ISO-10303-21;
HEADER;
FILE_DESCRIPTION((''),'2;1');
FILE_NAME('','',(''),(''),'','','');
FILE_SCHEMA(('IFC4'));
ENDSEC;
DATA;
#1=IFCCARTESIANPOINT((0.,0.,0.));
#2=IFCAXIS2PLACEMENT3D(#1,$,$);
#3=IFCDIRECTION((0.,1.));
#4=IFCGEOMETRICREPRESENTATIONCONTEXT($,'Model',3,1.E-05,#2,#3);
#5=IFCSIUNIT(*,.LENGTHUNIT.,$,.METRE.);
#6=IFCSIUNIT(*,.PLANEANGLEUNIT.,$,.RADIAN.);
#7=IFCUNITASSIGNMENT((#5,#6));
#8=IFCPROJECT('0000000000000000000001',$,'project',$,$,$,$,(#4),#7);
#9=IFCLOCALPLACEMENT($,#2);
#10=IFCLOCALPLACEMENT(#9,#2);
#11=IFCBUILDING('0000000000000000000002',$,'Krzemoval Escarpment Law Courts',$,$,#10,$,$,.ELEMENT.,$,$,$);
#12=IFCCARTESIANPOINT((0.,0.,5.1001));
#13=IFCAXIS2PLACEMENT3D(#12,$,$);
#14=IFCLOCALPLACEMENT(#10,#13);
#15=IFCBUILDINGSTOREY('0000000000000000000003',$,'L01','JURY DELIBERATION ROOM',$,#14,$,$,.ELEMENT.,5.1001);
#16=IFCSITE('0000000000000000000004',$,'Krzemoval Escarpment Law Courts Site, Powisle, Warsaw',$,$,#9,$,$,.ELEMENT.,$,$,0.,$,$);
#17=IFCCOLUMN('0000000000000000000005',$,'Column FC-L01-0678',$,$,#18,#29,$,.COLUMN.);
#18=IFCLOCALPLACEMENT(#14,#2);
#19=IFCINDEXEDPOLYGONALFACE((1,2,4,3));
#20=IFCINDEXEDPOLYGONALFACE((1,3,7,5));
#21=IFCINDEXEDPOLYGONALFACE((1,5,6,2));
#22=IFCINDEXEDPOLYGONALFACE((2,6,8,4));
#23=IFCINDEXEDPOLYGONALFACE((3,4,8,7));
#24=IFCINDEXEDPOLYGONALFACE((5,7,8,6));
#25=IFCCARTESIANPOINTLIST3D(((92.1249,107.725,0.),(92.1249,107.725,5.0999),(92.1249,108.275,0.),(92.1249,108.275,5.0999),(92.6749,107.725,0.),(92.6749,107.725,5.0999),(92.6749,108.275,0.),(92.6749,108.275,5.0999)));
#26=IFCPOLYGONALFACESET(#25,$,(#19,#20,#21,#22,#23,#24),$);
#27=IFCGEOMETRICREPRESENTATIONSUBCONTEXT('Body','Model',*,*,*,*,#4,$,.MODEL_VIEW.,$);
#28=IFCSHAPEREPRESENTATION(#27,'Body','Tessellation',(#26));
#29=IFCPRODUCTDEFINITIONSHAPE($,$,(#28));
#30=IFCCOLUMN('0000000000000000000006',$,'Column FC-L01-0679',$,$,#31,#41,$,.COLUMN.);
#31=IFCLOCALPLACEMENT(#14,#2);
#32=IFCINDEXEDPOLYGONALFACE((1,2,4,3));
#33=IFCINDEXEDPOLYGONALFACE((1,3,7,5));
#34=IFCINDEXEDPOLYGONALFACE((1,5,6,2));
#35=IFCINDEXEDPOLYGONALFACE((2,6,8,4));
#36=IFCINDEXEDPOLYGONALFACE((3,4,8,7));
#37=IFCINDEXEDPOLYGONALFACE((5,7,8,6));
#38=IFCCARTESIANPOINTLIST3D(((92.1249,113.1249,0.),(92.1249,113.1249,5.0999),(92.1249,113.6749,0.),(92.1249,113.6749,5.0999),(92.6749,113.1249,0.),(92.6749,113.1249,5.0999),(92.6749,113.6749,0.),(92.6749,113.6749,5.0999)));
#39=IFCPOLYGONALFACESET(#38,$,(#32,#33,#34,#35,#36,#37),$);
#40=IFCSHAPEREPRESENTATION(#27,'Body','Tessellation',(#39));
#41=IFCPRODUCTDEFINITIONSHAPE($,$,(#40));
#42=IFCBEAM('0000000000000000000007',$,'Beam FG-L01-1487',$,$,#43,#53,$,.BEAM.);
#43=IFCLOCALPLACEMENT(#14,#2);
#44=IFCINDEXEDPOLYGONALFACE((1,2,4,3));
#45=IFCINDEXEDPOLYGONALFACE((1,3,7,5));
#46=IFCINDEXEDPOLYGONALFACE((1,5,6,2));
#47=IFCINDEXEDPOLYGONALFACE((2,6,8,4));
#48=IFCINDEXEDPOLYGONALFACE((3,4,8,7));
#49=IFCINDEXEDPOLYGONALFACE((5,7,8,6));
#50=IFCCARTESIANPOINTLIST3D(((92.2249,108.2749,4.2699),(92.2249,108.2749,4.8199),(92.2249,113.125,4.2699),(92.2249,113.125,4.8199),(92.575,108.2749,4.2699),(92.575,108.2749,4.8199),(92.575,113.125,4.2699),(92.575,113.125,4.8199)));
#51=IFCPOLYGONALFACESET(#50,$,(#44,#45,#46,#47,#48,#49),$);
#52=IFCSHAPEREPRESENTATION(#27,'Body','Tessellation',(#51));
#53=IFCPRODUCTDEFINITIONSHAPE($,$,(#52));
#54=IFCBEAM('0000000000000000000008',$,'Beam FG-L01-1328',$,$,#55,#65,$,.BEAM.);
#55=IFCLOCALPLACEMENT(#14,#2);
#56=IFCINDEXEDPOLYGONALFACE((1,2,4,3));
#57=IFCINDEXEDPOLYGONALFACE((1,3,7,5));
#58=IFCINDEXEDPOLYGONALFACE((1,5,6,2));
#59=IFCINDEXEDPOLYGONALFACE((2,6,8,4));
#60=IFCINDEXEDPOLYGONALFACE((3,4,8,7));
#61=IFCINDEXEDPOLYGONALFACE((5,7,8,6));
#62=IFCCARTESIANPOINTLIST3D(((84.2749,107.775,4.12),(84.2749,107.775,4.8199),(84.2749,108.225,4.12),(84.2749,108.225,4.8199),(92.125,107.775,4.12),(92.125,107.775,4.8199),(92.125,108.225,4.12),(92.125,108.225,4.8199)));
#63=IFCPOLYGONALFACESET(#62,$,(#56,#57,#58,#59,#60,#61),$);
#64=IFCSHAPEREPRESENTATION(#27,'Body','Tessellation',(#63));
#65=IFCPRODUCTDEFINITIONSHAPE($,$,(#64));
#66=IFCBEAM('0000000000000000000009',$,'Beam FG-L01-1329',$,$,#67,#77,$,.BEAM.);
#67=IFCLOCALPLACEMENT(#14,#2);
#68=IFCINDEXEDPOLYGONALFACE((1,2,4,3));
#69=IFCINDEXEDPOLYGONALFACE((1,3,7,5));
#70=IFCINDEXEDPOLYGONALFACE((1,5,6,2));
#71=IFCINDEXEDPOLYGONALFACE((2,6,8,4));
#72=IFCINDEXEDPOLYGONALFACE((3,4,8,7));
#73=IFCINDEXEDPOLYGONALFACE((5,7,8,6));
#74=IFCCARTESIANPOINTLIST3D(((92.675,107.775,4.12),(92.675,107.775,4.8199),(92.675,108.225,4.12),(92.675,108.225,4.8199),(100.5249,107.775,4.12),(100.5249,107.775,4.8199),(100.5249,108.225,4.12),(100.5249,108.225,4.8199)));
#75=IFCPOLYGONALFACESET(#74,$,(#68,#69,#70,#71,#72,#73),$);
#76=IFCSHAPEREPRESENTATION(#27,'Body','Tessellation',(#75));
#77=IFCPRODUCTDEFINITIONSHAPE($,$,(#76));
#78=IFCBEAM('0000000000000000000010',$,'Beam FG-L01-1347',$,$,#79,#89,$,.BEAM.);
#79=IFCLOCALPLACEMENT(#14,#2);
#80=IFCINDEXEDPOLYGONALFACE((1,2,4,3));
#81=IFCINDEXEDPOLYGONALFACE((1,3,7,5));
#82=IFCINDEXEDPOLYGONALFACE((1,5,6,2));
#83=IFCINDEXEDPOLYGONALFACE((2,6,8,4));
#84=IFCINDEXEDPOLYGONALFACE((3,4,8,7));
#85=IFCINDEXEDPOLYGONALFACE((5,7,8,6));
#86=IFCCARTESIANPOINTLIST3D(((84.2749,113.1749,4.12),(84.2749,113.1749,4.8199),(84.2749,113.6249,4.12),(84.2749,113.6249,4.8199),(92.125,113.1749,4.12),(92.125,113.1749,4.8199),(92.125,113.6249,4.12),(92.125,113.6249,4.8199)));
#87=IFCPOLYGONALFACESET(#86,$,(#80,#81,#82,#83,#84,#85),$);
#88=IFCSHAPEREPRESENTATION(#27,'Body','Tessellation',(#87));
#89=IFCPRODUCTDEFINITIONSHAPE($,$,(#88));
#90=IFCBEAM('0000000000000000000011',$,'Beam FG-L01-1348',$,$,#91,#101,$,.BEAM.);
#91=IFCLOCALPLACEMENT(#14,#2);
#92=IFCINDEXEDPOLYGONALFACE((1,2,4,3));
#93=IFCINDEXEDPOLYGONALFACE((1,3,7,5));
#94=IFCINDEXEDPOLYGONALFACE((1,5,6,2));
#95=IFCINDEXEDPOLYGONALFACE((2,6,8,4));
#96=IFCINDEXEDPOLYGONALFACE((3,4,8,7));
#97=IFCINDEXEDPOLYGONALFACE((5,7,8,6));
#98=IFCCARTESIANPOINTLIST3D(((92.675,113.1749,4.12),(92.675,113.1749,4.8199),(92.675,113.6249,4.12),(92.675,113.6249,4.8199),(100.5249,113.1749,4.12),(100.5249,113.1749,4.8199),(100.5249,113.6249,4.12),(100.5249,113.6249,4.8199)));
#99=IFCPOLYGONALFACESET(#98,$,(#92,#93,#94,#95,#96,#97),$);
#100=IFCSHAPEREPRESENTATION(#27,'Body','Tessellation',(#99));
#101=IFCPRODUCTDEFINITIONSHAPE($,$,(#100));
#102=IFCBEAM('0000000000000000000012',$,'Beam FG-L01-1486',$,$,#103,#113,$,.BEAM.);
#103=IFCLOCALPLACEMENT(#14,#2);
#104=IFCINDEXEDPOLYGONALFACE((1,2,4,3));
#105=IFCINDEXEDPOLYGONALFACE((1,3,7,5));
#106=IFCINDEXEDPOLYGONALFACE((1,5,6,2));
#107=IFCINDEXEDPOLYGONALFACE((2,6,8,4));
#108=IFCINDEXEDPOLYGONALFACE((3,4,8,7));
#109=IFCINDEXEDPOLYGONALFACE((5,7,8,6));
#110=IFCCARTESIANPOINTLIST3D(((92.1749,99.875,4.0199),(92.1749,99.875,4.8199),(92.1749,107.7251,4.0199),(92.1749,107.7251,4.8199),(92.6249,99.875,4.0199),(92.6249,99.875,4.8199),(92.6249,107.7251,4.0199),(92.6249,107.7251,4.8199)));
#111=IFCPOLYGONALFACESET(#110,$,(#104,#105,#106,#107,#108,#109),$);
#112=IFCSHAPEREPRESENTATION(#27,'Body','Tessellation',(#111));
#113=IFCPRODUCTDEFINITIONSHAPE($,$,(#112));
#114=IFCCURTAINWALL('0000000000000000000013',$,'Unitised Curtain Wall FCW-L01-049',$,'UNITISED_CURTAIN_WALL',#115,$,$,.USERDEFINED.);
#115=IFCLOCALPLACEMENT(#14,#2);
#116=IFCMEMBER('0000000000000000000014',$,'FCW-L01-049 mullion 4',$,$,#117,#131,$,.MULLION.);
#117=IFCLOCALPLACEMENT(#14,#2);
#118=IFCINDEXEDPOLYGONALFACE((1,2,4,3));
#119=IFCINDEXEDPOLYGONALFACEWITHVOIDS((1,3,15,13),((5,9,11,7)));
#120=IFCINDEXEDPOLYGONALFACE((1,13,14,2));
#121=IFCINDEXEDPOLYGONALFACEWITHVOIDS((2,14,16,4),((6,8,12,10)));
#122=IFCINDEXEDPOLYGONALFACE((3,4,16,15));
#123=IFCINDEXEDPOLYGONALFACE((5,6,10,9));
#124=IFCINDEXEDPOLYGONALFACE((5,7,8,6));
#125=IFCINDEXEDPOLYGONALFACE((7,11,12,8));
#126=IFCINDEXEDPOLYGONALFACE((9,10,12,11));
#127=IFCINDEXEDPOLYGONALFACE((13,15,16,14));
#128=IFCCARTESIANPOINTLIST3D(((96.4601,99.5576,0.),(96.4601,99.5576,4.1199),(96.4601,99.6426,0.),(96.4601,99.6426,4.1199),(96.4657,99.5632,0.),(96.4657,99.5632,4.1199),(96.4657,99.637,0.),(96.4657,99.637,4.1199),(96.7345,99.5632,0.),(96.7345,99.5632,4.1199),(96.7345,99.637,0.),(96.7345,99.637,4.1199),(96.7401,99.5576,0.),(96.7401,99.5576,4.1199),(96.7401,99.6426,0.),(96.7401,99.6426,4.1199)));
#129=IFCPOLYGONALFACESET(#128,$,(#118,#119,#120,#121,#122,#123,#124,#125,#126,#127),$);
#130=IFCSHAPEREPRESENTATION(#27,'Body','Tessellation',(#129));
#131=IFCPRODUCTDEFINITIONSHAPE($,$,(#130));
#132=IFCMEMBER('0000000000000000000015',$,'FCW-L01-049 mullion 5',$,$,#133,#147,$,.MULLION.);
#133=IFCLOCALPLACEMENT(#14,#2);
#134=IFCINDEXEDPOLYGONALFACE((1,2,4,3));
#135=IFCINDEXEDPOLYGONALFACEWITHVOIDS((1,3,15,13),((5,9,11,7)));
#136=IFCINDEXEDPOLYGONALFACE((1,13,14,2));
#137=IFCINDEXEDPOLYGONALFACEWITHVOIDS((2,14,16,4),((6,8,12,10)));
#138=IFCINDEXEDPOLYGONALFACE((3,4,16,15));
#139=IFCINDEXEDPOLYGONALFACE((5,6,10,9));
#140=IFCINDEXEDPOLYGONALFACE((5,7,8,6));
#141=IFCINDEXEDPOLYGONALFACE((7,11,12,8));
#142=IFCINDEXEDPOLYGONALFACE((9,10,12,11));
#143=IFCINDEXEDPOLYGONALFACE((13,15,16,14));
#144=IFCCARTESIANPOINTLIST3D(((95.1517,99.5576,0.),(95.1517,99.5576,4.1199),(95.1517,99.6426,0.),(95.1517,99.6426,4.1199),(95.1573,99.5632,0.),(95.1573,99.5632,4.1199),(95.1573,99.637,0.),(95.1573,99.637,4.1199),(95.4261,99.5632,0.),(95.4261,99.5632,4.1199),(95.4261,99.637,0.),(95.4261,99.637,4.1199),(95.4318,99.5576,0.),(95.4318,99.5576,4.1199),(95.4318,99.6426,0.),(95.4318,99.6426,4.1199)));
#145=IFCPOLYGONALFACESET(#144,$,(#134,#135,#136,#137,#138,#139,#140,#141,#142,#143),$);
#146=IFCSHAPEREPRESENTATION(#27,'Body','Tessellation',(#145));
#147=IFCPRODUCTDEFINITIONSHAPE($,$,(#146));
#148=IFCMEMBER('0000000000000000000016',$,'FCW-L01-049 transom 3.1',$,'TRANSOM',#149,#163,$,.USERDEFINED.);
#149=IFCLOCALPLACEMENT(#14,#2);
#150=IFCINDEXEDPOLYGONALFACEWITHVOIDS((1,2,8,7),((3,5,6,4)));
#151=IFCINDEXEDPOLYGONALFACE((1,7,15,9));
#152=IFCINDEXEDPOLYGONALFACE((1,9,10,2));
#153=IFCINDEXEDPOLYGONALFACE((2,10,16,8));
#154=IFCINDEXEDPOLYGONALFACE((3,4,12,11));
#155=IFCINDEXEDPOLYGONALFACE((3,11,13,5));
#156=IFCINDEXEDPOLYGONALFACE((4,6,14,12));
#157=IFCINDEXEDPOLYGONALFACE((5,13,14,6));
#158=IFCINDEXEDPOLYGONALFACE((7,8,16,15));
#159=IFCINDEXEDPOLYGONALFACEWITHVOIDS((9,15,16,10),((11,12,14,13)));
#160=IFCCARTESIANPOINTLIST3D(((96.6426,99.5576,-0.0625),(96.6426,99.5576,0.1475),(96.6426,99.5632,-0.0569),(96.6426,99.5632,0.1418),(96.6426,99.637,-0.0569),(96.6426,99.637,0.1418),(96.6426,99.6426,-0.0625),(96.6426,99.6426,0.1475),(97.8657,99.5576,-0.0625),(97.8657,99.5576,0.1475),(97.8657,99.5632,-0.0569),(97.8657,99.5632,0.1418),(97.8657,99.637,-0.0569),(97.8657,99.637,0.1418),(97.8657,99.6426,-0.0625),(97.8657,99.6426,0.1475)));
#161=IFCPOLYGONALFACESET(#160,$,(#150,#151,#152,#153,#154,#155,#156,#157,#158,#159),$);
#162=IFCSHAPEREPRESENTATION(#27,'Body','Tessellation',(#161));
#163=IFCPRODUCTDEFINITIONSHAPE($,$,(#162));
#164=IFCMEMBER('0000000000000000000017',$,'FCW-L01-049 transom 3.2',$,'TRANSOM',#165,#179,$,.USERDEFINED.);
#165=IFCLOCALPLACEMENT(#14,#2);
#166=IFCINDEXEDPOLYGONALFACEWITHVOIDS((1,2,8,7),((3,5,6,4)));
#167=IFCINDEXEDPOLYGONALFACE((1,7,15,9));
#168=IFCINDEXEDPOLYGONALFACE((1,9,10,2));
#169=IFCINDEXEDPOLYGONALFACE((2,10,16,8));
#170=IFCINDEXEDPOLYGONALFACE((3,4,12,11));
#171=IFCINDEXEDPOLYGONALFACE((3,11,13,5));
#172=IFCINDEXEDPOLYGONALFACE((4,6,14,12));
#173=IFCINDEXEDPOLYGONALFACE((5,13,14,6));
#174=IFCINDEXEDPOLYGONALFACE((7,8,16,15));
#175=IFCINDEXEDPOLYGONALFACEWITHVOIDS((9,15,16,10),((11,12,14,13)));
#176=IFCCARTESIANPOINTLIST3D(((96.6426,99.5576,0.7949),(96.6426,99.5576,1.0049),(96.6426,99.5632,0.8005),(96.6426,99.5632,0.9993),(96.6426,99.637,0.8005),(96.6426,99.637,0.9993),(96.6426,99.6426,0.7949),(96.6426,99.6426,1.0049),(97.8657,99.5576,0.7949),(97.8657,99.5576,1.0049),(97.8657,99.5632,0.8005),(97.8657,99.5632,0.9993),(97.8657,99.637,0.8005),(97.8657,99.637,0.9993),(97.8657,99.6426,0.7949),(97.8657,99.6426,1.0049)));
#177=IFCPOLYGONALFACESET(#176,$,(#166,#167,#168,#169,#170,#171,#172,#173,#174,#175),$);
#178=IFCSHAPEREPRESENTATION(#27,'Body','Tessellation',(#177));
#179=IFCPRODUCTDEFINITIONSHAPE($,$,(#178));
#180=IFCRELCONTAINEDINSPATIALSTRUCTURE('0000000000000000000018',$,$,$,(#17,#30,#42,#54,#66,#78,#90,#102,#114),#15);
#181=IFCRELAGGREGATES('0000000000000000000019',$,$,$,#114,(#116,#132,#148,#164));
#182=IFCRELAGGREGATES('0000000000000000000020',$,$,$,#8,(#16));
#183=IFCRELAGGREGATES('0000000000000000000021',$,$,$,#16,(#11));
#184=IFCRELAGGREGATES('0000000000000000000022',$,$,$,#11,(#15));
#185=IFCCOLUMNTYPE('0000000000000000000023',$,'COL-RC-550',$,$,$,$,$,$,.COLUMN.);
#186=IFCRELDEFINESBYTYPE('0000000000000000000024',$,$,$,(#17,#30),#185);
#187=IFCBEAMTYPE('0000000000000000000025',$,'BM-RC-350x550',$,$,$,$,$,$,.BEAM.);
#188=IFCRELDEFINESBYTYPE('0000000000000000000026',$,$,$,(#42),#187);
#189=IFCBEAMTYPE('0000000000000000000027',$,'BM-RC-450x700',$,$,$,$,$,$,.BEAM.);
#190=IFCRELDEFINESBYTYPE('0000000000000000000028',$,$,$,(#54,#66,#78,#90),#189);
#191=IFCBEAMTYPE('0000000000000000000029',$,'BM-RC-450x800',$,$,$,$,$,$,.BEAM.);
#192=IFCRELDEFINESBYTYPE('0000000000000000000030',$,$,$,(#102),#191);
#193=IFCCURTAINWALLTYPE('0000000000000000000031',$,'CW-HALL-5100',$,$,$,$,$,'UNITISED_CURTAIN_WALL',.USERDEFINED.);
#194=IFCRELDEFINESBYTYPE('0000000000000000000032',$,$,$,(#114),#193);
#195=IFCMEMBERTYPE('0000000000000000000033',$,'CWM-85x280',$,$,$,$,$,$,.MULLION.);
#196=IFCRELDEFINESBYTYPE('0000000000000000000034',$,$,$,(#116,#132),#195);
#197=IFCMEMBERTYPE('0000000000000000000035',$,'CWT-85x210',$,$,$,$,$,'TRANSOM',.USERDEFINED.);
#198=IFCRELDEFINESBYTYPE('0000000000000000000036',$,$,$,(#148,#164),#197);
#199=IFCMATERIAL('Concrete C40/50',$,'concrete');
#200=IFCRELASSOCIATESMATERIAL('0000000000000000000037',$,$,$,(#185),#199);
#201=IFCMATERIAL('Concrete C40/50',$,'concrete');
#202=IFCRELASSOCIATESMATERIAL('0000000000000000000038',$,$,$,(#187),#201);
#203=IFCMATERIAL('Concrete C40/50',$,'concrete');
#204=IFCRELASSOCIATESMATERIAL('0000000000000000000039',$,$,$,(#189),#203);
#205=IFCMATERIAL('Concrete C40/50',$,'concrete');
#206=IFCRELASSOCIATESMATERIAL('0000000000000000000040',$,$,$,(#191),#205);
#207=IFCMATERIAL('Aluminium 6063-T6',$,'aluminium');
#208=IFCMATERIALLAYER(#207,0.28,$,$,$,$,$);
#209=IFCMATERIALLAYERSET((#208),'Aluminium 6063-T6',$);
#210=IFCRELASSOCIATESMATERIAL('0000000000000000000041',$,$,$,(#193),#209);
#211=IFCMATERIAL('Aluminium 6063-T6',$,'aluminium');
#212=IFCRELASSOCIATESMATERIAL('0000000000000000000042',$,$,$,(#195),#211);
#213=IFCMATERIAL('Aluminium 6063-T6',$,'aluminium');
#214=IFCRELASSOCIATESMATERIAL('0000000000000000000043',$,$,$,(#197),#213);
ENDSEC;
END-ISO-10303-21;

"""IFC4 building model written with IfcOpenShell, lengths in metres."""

from ifc_helpers import new_model, si_unit, direction, frame, origin, origin_2d, place, context, subcontext, project, spatial, rectangle, hollow_rectangle, extrude, material, layer, layer_set, material_profile, profile_set, type_object, element, aggregate, save


model = new_model("IFC4")

# Units and contexts
model_context = context("Model", 3, precision=1e-05, world=origin(), true_north=direction((0.0, 1.0)))
body_context = subcontext(model_context, "Body", "Model", "MODEL_VIEW")
ifc_project = project(units=[si_unit("LENGTHUNIT", "METRE"), si_unit("PLANEANGLEUNIT", "RADIAN")], contexts=[model_context])

# Site, building, storey
site_placement = place(None, origin())
site = spatial("IfcSite", under=ifc_project, at=site_placement, Name="Krzemoval Escarpment Law Courts Site, Powisle, Warsaw", CompositionType="ELEMENT", RefElevation=0.0)
building_placement = place(site_placement, origin())
building = spatial("IfcBuilding", under=site, at=building_placement, Name="Krzemoval Escarpment Law Courts", CompositionType="ELEMENT")
storey_placement = place(building_placement, frame((0.0, 0.0, 5.1001)))
storey = spatial("IfcBuildingStorey", under=building, at=storey_placement, Name="L01", Description="JURY DELIBERATION ROOM", CompositionType="ELEMENT", Elevation=5.1001)

# Columns
ifc_material_1 = material(Name="Concrete C40/50", Category="concrete")
ifc_material_profile_1 = material_profile(ifc_material_1, rectangle(XDim=0.55, YDim=0.55, at=origin_2d()), Name="RC 550x550")
ifc_profile_set_1 = profile_set([ifc_material_profile_1], Name="Concrete C40/50")
column_type = type_object("IfcColumnType", Name="COL-RC-550", PredefinedType="COLUMN", material=ifc_profile_set_1)
for number, where, z_axis, x_axis, name in (
    (1, (92.3999, 108.0, 0.0), (0.0, 0.0, 1.0), (1.0, 0.0, 0.0), "Column FC-L01-0678"),
    (2, (92.3999, 113.3999, 0.0), (0.0, 0.0, 1.0), (1.0, 0.0, 0.0), "Column FC-L01-0679"),
):
    element("IfcColumn", number, at=place(storey_placement, frame(where, z_axis=z_axis, x_axis=x_axis)), inside=storey, type_object=column_type, Name=name, PredefinedType="COLUMN", context=body_context, shape_type="SweptSolid", body=[
        extrude(rectangle(XDim=0.55, YDim=0.55, at=origin_2d()), origin(), (0.0, 0.0, 1.0), 5.0999),
    ])

# Beams
ifc_material_2 = material(Name="Concrete C40/50", Category="concrete")
ifc_material_profile_2 = material_profile(ifc_material_2, rectangle(XDim=0.3501, YDim=0.55, at=origin_2d()), Name="RCB 350x550")
ifc_profile_set_2 = profile_set([ifc_material_profile_2], Name="Concrete C40/50")
beam_type_1 = type_object("IfcBeamType", Name="BM-RC-350x550", PredefinedType="BEAM", material=ifc_profile_set_2)
beam_1_placement = place(storey_placement, frame((92.3999, 108.2749, 4.5449), z_axis=(0.0, 1.0, 0.0), x_axis=(-1.0, 0.0, 0.0)))
element("IfcBeam", 3, at=beam_1_placement, inside=storey, type_object=beam_type_1, Name="Beam FG-L01-1487", PredefinedType="BEAM", context=body_context, shape_type="SweptSolid", body=[
    extrude(rectangle(XDim=0.3501, YDim=0.55, at=origin_2d()), origin(), (0.0, 0.0, 1.0), 4.8501),
])
ifc_material_3 = material(Name="Concrete C40/50", Category="concrete")
ifc_material_profile_3 = material_profile(ifc_material_3, rectangle(XDim=0.45, YDim=0.7, at=origin_2d()), Name="RCB 450x700")
ifc_profile_set_3 = profile_set([ifc_material_profile_3], Name="Concrete C40/50")
beam_type_2 = type_object("IfcBeamType", Name="BM-RC-450x700", PredefinedType="BEAM", material=ifc_profile_set_3)
beam_2_placement = place(storey_placement, frame((84.2749, 108.0, 4.47), z_axis=(1.0, 0.0, 0.0), x_axis=(0.0, 1.0, 0.0)))
element("IfcBeam", 4, at=beam_2_placement, inside=storey, type_object=beam_type_2, Name="Beam FG-L01-1328", PredefinedType="BEAM", context=body_context, shape_type="SweptSolid", body=[
    extrude(rectangle(XDim=0.45, YDim=0.7, at=origin_2d()), origin(), (0.0, 0.0, 1.0), 7.8501),
])
beam_3_placement = place(storey_placement, frame((92.675, 108.0, 4.47), z_axis=(1.0, 0.0, 0.0), x_axis=(0.0, 1.0, 0.0)))
element("IfcBeam", 5, at=beam_3_placement, inside=storey, type_object=beam_type_2, Name="Beam FG-L01-1329", PredefinedType="BEAM", context=body_context, shape_type="SweptSolid", body=[
    extrude(rectangle(XDim=0.45, YDim=0.7, at=origin_2d()), origin(), (0.0, 0.0, 1.0), 7.8499),
])
beam_4_placement = place(storey_placement, frame((84.2749, 113.3999, 4.47), z_axis=(1.0, 0.0, 0.0), x_axis=(0.0, 1.0, 0.0)))
element("IfcBeam", 6, at=beam_4_placement, inside=storey, type_object=beam_type_2, Name="Beam FG-L01-1347", PredefinedType="BEAM", context=body_context, shape_type="SweptSolid", body=[
    extrude(rectangle(XDim=0.45, YDim=0.7, at=origin_2d()), origin(), (0.0, 0.0, 1.0), 7.8501),
])
beam_5_placement = place(storey_placement, frame((92.675, 113.3999, 4.47), z_axis=(1.0, 0.0, 0.0), x_axis=(0.0, 1.0, 0.0)))
element("IfcBeam", 7, at=beam_5_placement, inside=storey, type_object=beam_type_2, Name="Beam FG-L01-1348", PredefinedType="BEAM", context=body_context, shape_type="SweptSolid", body=[
    extrude(rectangle(XDim=0.45, YDim=0.7, at=origin_2d()), origin(), (0.0, 0.0, 1.0), 7.8499),
])
ifc_material_4 = material(Name="Concrete C40/50", Category="concrete")
ifc_material_profile_4 = material_profile(ifc_material_4, rectangle(XDim=0.45, YDim=0.8, at=origin_2d()), Name="RCB 450x800")
ifc_profile_set_4 = profile_set([ifc_material_profile_4], Name="Concrete C40/50")
beam_type_3 = type_object("IfcBeamType", Name="BM-RC-450x800", PredefinedType="BEAM", material=ifc_profile_set_4)
beam_6_placement = place(storey_placement, frame((92.3999, 99.875, 4.4199), z_axis=(0.0, 1.0, 0.0), x_axis=(-1.0, 0.0, 0.0)))
element("IfcBeam", 8, at=beam_6_placement, inside=storey, type_object=beam_type_3, Name="Beam FG-L01-1486", PredefinedType="BEAM", context=body_context, shape_type="SweptSolid", body=[
    extrude(rectangle(XDim=0.45, YDim=0.8, at=origin_2d()), origin(), (0.0, 0.0, 1.0), 7.8501),
])

# Curtain wall, members
ifc_material_5 = material(Name="Aluminium 6063-T6", Category="aluminium")
ifc_layer_1 = layer(ifc_material_5, 0.28)
ifc_layer_set_1 = layer_set([ifc_layer_1], Name="Aluminium 6063-T6")
curtain_wall_type = type_object("IfcCurtainWallType", Name="CW-HALL-5100", ElementType="UNITISED_CURTAIN_WALL", PredefinedType="USERDEFINED", material=ifc_layer_set_1)
curtain_wall_placement = place(storey_placement, origin())
curtain_wall = element("IfcCurtainWall", 9, at=curtain_wall_placement, inside=storey, type_object=curtain_wall_type, Name="Unitised Curtain Wall FCW-L01-049", ObjectType="UNITISED_CURTAIN_WALL", PredefinedType="USERDEFINED")
ifc_material_6 = material(Name="Aluminium 6063-T6", Category="aluminium")
ifc_material_profile_5 = material_profile(ifc_material_6, hollow_rectangle(XDim=0.085, YDim=0.28, WallThickness=0.0056, at=origin_2d()), Name="ALU M85x280")
ifc_profile_set_5 = profile_set([ifc_material_profile_5], Name="Aluminium 6063-T6")
member_type_1 = type_object("IfcMemberType", Name="CWM-85x280", PredefinedType="MULLION", material=ifc_profile_set_5)
member_1_placement = place(storey_placement, frame((96.6001, 99.6001, 0.0), z_axis=(0.0, 0.0, 1.0), x_axis=(0.0, -1.0, 0.0)))
member_1 = element("IfcMember", 10, at=member_1_placement, type_object=member_type_1, Name="FCW-L01-049 mullion 4", PredefinedType="MULLION", context=body_context, shape_type="SweptSolid", body=[
    extrude(hollow_rectangle(XDim=0.085, YDim=0.28, WallThickness=0.0056, at=origin_2d()), origin(), (0.0, 0.0, 1.0), 4.1199),
])
member_2_placement = place(storey_placement, frame((95.2917, 99.6001, 0.0), z_axis=(0.0, 0.0, 1.0), x_axis=(0.0, -1.0, 0.0)))
member_2 = element("IfcMember", 11, at=member_2_placement, type_object=member_type_1, Name="FCW-L01-049 mullion 5", PredefinedType="MULLION", context=body_context, shape_type="SweptSolid", body=[
    extrude(hollow_rectangle(XDim=0.085, YDim=0.28, WallThickness=0.0056, at=origin_2d()), origin(), (0.0, 0.0, 1.0), 4.1199),
])
ifc_material_7 = material(Name="Aluminium 6063-T6", Category="aluminium")
ifc_material_profile_6 = material_profile(ifc_material_7, hollow_rectangle(XDim=0.085, YDim=0.21, WallThickness=0.0056, at=origin_2d()), Name="ALU T85x210")
ifc_profile_set_6 = profile_set([ifc_material_profile_6], Name="Aluminium 6063-T6")
member_type_2 = type_object("IfcMemberType", Name="CWT-85x210", ElementType="TRANSOM", PredefinedType="USERDEFINED", material=ifc_profile_set_6)
member_3_placement = place(storey_placement, frame((97.8657, 99.6001, 0.0425), z_axis=(-1.0, 0.0, 0.0), x_axis=(0.0, -1.0, 0.0)))
member_3 = element("IfcMember", 12, at=member_3_placement, type_object=member_type_2, Name="FCW-L01-049 transom 3.1", ObjectType="TRANSOM", PredefinedType="USERDEFINED", context=body_context, shape_type="SweptSolid", body=[
    extrude(hollow_rectangle(XDim=0.085, YDim=0.21, WallThickness=0.0056, at=origin_2d()), origin(), (0.0, 0.0, 1.0), 1.2231),
])
member_4_placement = place(storey_placement, frame((97.8657, 99.6001, 0.8999), z_axis=(-1.0, 0.0, 0.0), x_axis=(0.0, -1.0, 0.0)))
member_4 = element("IfcMember", 13, at=member_4_placement, type_object=member_type_2, Name="FCW-L01-049 transom 3.2", ObjectType="TRANSOM", PredefinedType="USERDEFINED", context=body_context, shape_type="SweptSolid", body=[
    extrude(hollow_rectangle(XDim=0.085, YDim=0.21, WallThickness=0.0056, at=origin_2d()), origin(), (0.0, 0.0, 1.0), 1.2231),
])

aggregate(curtain_wall, [member_1, member_2, member_3, member_4])

save(model, "model.ifc")
